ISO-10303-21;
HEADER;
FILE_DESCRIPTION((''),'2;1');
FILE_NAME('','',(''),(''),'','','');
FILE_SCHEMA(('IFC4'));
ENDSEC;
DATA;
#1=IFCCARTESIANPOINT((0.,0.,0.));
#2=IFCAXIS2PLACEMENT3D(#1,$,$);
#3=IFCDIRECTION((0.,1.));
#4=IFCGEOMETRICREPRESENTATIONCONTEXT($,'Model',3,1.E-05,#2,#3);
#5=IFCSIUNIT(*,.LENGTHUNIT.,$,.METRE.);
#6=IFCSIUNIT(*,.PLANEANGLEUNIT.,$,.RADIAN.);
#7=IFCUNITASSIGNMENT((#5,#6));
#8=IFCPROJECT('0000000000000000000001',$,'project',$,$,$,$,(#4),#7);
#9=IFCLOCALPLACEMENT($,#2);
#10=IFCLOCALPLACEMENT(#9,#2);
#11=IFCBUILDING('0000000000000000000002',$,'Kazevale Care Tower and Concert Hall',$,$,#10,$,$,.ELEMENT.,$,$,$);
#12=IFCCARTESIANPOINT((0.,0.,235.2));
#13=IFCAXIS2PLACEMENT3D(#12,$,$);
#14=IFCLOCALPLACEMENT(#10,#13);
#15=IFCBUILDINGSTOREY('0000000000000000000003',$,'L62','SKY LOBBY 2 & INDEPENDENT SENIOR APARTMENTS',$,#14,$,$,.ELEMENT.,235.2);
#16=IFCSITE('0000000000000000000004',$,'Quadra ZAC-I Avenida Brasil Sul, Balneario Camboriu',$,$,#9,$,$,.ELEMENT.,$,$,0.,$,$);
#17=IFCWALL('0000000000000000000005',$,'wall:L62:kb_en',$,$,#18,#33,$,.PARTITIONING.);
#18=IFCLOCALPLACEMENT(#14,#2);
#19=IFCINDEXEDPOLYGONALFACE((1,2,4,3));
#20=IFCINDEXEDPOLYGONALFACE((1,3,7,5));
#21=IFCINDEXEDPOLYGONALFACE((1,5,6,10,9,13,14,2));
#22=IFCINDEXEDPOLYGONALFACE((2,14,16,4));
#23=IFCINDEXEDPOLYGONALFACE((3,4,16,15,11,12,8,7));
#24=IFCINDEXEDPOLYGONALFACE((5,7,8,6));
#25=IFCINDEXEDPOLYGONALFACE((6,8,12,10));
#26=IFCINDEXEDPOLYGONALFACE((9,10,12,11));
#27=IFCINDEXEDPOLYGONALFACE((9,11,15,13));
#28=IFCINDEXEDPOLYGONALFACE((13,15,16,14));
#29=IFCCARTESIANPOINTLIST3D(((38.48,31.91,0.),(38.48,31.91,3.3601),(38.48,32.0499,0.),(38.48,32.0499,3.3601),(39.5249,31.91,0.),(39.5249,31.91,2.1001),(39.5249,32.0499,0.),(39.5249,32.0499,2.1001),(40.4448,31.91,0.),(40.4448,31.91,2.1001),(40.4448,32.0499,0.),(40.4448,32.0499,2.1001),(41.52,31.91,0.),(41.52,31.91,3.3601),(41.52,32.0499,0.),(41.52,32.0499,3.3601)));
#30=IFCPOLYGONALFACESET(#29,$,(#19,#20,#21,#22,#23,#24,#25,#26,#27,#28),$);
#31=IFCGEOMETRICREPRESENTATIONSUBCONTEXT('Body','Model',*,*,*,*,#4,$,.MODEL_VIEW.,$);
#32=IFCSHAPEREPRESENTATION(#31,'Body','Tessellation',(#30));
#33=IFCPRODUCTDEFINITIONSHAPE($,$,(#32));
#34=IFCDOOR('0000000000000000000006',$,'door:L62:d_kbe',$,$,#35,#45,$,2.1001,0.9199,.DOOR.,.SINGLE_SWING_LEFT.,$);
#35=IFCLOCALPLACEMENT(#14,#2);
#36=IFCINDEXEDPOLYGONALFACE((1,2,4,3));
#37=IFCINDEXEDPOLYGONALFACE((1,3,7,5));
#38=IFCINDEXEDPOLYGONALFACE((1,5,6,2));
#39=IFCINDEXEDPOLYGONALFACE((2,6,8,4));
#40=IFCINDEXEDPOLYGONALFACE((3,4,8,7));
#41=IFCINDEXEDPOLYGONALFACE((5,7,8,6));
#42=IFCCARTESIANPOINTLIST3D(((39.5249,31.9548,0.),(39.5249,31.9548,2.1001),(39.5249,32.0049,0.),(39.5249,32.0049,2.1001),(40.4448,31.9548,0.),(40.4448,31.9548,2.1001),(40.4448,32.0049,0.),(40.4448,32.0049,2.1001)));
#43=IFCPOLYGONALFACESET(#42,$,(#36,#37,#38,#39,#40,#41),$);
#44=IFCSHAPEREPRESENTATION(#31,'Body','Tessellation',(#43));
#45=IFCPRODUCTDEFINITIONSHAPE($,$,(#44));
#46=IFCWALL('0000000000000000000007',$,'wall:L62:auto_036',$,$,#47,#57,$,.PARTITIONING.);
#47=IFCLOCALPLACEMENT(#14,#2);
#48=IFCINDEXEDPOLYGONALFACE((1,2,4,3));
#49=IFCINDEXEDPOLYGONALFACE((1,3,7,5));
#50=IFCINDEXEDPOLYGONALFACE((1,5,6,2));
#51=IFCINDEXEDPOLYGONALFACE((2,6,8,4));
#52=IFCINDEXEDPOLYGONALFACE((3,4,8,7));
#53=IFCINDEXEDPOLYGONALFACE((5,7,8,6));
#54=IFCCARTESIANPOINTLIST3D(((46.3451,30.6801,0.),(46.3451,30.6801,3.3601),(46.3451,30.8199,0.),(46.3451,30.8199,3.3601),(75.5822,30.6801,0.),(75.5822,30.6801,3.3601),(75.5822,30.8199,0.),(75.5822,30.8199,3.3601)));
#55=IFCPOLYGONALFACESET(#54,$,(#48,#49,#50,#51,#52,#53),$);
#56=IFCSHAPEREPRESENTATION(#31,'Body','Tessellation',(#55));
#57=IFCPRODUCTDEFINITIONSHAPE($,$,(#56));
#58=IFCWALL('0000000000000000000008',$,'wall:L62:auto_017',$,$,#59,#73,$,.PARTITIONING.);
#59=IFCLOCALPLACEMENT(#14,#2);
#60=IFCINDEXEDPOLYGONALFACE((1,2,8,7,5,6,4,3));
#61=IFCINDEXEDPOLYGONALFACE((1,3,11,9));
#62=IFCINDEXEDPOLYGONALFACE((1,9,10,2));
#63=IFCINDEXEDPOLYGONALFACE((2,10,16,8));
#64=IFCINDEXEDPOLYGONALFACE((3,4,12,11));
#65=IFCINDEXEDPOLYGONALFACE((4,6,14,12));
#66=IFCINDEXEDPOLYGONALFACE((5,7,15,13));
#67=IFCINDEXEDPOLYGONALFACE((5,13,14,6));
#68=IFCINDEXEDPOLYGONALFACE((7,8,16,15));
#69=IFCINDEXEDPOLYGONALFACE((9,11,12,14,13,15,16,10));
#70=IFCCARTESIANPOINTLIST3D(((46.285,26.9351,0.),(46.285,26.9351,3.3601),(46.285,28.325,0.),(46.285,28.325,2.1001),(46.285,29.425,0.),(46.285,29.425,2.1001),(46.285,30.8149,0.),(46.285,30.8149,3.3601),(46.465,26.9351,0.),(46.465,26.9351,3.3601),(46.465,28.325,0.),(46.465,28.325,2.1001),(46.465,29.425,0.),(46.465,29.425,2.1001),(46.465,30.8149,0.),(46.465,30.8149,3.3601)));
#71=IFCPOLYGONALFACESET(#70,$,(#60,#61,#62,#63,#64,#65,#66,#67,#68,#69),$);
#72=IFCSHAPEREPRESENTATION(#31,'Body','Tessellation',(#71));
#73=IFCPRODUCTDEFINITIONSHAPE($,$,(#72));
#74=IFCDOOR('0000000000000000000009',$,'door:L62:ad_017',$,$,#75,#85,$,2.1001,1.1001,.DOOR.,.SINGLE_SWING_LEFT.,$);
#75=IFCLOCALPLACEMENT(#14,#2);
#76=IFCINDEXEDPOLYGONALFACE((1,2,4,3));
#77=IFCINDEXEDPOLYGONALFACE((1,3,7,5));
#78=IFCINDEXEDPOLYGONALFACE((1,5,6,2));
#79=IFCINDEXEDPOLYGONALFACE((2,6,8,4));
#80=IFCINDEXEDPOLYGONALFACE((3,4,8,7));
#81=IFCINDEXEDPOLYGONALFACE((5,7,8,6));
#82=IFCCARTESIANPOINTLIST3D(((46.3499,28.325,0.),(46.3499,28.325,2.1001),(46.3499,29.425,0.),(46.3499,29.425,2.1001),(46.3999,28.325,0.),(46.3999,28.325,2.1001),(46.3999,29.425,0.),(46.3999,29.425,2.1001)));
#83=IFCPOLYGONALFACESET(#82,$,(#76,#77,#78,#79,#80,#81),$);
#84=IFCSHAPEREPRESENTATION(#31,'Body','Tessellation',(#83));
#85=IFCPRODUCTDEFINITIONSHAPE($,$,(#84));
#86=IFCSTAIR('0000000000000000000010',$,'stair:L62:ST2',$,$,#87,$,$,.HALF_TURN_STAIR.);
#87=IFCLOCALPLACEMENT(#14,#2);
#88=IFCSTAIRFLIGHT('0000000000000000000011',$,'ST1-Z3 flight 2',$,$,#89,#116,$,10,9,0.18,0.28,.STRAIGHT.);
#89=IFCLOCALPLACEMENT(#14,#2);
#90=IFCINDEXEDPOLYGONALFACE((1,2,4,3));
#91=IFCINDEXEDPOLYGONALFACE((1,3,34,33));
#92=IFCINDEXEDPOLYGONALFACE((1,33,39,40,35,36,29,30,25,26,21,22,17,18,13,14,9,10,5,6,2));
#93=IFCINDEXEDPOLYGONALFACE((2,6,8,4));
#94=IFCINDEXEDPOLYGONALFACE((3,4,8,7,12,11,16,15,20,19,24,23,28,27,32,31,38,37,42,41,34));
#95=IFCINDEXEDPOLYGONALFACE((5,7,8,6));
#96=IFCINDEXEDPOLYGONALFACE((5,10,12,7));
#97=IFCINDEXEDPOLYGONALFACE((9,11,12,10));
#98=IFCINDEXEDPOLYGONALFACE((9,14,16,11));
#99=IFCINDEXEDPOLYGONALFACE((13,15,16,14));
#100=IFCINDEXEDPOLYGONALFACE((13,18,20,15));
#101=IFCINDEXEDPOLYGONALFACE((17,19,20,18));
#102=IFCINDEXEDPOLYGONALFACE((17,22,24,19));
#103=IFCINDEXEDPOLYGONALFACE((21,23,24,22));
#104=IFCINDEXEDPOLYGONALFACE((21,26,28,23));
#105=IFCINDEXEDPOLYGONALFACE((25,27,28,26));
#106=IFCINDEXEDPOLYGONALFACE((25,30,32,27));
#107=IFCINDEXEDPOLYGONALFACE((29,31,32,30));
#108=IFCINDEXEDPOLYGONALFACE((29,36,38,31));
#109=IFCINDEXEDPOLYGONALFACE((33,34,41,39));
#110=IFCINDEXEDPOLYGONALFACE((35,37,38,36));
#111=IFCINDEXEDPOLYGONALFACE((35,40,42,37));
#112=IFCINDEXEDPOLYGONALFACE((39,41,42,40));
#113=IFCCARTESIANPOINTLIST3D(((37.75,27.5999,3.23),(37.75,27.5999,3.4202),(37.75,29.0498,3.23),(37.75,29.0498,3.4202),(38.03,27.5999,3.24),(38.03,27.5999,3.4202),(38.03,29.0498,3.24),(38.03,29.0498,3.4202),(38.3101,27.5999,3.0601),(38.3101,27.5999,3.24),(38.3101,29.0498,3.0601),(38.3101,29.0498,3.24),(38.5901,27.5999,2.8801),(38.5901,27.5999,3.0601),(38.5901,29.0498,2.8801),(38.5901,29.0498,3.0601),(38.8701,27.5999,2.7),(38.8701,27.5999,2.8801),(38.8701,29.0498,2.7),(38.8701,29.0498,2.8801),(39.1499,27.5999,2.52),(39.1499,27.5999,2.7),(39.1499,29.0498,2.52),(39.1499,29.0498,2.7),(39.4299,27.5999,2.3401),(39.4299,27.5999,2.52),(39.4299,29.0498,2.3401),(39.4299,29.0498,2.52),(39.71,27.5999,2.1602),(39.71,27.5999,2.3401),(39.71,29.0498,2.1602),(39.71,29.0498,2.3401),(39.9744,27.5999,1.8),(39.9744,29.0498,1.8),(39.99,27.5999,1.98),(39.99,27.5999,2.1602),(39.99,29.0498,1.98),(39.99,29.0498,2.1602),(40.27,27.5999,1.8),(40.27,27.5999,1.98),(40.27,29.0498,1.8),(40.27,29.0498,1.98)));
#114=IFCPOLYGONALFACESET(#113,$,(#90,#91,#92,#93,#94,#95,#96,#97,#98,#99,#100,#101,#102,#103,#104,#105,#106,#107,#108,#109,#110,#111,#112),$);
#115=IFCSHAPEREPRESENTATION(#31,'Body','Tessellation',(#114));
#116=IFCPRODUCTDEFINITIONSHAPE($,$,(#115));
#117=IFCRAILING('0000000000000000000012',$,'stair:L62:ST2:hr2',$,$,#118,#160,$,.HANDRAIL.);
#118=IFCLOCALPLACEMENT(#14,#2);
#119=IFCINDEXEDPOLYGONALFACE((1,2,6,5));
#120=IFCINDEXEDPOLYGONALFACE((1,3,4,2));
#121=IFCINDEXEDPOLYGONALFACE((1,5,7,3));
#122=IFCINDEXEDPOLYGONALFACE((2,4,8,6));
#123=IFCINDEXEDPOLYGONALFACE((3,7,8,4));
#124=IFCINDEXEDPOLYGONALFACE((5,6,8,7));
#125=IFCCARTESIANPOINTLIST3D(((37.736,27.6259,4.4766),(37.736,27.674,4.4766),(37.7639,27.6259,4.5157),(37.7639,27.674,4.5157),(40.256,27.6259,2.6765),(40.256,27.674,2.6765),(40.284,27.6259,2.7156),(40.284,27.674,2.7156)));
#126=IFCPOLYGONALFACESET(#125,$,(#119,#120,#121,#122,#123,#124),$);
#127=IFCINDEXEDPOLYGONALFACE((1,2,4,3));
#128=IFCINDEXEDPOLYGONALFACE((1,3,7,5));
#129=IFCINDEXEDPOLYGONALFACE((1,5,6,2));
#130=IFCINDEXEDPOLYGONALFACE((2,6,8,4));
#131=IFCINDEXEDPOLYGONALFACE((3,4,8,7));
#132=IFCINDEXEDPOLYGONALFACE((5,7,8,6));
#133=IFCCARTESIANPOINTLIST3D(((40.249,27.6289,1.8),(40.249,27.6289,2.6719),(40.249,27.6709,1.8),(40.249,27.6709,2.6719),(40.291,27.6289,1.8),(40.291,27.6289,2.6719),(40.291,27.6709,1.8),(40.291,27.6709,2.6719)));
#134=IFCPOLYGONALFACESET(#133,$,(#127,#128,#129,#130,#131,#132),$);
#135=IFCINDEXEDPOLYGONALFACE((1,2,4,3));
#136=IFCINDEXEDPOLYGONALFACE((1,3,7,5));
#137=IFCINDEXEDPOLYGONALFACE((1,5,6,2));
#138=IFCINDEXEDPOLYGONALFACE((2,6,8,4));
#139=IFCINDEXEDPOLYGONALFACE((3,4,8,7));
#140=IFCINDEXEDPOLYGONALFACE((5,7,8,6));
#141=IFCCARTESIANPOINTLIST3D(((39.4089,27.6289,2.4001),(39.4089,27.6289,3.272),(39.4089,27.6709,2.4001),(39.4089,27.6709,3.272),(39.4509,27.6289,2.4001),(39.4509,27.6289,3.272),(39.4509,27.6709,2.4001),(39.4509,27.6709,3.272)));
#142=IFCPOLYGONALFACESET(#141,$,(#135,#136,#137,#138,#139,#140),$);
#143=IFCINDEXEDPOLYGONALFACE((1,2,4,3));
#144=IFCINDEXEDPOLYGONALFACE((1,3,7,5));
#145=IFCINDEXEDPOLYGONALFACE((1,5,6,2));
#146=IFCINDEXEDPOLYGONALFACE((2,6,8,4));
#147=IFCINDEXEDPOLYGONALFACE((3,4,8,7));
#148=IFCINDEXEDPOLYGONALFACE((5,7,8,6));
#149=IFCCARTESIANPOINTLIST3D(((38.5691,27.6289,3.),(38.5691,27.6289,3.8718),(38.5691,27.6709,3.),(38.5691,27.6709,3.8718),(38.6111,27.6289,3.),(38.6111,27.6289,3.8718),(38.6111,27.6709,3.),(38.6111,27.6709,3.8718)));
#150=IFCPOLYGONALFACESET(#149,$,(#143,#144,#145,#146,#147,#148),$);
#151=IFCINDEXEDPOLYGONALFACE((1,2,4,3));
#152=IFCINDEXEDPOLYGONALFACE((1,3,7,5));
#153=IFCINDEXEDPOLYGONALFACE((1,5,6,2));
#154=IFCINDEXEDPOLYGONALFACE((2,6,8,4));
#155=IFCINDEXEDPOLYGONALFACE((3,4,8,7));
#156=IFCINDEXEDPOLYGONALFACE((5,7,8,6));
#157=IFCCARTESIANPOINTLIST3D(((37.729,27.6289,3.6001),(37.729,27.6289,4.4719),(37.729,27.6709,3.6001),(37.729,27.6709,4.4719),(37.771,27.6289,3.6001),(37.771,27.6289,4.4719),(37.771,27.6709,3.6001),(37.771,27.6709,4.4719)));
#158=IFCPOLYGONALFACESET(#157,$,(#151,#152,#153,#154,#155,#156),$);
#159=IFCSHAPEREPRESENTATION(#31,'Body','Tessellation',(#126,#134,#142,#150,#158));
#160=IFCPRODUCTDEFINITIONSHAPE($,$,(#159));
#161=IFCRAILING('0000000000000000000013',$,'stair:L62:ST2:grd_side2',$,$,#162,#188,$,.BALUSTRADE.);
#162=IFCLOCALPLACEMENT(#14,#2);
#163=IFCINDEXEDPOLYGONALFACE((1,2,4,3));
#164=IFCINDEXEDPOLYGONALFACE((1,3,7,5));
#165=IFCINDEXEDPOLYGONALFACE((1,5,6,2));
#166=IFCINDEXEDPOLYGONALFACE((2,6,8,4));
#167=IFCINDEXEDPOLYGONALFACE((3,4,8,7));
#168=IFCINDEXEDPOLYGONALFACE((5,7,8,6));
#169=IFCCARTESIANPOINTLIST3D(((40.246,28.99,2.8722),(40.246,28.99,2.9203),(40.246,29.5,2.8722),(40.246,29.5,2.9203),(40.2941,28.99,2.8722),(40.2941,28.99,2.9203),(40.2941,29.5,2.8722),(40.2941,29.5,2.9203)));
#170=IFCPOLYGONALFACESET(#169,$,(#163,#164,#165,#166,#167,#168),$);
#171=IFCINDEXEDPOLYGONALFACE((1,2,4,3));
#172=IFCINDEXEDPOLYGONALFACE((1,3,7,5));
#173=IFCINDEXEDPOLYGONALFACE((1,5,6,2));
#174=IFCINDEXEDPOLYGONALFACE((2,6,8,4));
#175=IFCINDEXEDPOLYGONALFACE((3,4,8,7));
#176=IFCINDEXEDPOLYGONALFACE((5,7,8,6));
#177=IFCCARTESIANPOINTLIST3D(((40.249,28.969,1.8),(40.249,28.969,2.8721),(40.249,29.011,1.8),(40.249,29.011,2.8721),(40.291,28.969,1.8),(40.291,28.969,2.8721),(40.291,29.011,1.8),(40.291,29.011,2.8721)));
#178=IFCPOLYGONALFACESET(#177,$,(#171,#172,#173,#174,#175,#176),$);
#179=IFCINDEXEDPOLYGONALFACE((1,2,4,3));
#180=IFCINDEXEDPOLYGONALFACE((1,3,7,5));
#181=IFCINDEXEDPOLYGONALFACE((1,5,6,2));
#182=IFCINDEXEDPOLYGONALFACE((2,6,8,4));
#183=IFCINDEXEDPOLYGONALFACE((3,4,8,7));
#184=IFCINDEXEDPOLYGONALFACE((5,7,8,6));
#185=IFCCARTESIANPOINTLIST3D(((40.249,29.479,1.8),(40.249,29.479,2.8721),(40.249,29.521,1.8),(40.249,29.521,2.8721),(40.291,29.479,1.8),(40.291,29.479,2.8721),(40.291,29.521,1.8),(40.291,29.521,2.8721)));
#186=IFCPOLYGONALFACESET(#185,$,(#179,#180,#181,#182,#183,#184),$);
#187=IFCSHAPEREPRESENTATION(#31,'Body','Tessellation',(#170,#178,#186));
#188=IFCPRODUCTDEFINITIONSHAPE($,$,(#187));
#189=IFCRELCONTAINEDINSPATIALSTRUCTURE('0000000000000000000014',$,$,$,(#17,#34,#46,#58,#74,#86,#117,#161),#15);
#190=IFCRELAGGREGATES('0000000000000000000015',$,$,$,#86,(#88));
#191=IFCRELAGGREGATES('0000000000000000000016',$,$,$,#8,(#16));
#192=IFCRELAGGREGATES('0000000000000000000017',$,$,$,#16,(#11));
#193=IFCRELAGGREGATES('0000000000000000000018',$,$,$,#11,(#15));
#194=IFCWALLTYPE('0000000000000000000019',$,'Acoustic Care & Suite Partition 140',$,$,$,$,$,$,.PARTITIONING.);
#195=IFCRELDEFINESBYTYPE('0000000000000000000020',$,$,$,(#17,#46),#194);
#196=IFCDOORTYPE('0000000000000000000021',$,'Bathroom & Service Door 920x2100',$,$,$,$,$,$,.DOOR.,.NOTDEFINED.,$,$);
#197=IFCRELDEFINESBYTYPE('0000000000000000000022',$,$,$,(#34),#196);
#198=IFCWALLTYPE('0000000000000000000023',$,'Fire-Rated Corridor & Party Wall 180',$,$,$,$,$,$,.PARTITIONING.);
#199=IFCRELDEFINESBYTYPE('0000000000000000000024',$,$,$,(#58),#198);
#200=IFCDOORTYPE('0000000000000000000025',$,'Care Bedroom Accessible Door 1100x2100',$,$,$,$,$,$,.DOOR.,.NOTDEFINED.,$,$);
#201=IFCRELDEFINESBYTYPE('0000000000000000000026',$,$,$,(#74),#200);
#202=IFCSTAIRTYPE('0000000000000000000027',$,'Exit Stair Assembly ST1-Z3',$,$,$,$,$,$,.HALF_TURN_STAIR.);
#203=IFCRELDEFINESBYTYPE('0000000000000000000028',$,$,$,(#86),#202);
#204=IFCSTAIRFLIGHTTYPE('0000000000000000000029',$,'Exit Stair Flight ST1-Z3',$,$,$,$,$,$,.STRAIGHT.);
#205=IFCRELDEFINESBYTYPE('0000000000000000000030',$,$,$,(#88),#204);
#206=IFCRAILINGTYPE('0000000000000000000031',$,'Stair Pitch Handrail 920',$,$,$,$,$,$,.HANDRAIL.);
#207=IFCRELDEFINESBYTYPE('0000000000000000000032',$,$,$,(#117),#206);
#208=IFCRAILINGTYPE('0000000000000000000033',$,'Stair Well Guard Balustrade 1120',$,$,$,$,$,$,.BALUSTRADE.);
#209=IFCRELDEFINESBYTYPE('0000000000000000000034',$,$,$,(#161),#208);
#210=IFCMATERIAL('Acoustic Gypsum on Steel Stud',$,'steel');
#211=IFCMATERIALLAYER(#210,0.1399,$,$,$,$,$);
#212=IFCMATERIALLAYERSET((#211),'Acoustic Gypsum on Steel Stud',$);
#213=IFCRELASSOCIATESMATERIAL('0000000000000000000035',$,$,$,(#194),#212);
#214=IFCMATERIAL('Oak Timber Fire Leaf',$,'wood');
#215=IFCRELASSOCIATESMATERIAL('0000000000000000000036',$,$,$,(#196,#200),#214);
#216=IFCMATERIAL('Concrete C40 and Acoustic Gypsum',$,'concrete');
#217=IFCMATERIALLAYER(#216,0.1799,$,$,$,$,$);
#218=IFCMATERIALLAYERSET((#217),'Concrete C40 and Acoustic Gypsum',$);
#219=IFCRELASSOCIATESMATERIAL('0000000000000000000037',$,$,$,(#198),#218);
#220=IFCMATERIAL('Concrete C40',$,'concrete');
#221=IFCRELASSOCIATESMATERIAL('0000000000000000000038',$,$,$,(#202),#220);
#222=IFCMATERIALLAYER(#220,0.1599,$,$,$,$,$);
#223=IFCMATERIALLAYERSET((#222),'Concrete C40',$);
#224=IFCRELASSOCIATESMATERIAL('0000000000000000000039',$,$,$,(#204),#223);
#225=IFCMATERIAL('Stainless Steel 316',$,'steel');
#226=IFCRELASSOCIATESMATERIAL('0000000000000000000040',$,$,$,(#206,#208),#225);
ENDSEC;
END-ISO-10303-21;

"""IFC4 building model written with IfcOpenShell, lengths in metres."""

from ifc_helpers import new_model, si_unit, direction, frame, frame_2d, origin, origin_2d, place, context, subcontext, project, spatial, polyline, rectangle, outline, extrude, material, layer, layer_set, type_object, element, fill, aggregate, save


model = new_model("IFC4")

# Units and contexts
model_context = context("Model", 3, precision=1e-05, world=origin(), true_north=direction((0.0, 1.0)))
body_context = subcontext(model_context, "Body", "Model", "MODEL_VIEW")
ifc_project = project(units=[si_unit("LENGTHUNIT", "METRE"), si_unit("PLANEANGLEUNIT", "RADIAN")], contexts=[model_context])

# Site, building, storey
site_placement = place(None, origin())
site = spatial("IfcSite", under=ifc_project, at=site_placement, Name="Quadra ZAC-I Avenida Brasil Sul, Balneario Camboriu", CompositionType="ELEMENT", RefElevation=0.0)
building_placement = place(site_placement, origin())
building = spatial("IfcBuilding", under=site, at=building_placement, Name="Kazevale Care Tower and Concert Hall", CompositionType="ELEMENT")
storey_placement = place(building_placement, frame((0.0, 0.0, 235.2)))
storey = spatial("IfcBuildingStorey", under=building, at=storey_placement, Name="L62", Description="SKY LOBBY 2 & INDEPENDENT SENIOR APARTMENTS", CompositionType="ELEMENT", Elevation=235.2)

# Shared definitions
ifc_material_1 = material(Name="Acoustic Gypsum on Steel Stud", Category="steel")
ifc_layer_1 = layer(ifc_material_1, 0.1399)
ifc_layer_set_1 = layer_set([ifc_layer_1], Name="Acoustic Gypsum on Steel Stud")
wall_type_1 = type_object("IfcWallType", Name="Acoustic Care & Suite Partition 140", PredefinedType="PARTITIONING", material=ifc_layer_set_1)
ifc_material_2 = material(Name="Oak Timber Fire Leaf", Category="wood")
door_type_1 = type_object("IfcDoorType", Name="Bathroom & Service Door 920x2100", OperationType="NOTDEFINED", PredefinedType="DOOR", material=ifc_material_2)

# Wall, opening, door
wall_1_placement = place(storey_placement, frame((38.48, 31.98, 0.0), z_axis=(0.0, 0.0, 1.0), x_axis=(1.0, 0.0, 0.0)))
wall_1 = element("IfcWall", 1, at=wall_1_placement, inside=storey, type_object=wall_type_1, Name="wall:L62:kb_en", PredefinedType="PARTITIONING", context=body_context, shape_type="SweptSolid", body=[
    extrude(rectangle(XDim=3.04, YDim=0.1399, at=frame_2d((1.52, 0.0))), origin(), (0.0, 0.0, 1.0), 3.3601),
])
opening_1_placement = place(wall_1_placement, frame((1.0449, 0.0, 0.0)))
opening_1 = element("IfcOpeningElement", 2, at=opening_1_placement, cuts=wall_1, PredefinedType="OPENING", context=body_context, shape_type="SweptSolid", body=[
    extrude(rectangle(XDim=0.9199, YDim=2.1001, at=frame_2d((0.46, 1.05))), frame((0.0, 0.0798, 0.0), z_axis=(0.0, -1.0, 0.0), x_axis=(1.0, 0.0, 0.0)), (0.0, 0.0, 1.0), 0.1599),
])
door_1_placement = place(opening_1_placement, origin())
door_1 = element("IfcDoor", 3, at=door_1_placement, inside=storey, type_object=door_type_1, Name="door:L62:d_kbe", OperationType="SINGLE_SWING_LEFT", OverallHeight=2.1001, OverallWidth=0.9199, PredefinedType="DOOR", context=body_context, shape_type="SweptSolid", body=[
    extrude(rectangle(XDim=0.9199, YDim=2.1001, at=frame_2d((0.46, 1.05))), frame((0.0, 0.0249, 0.0), z_axis=(0.0, -1.0, 0.0), x_axis=(1.0, 0.0, 0.0)), (0.0, 0.0, 1.0), 0.05),
])
fill(opening_1, door_1)

# Wall
wall_2_placement = place(storey_placement, frame((46.345, 30.75, 0.0), z_axis=(0.0, 0.0, 1.0), x_axis=(1.0, 0.0, 0.0)))
element("IfcWall", 4, at=wall_2_placement, inside=storey, type_object=wall_type_1, Name="wall:L62:auto_036", PredefinedType="PARTITIONING", context=body_context, shape_type="SweptSolid", body=[
    extrude(rectangle(XDim=29.2371, YDim=0.1399, at=frame_2d((14.6187, 0.0))), origin(), (0.0, 0.0, 1.0), 3.3601),
])

# Wall, opening, door
ifc_material_3 = material(Name="Concrete C40 and Acoustic Gypsum", Category="concrete")
ifc_layer_2 = layer(ifc_material_3, 0.1799)
ifc_layer_set_2 = layer_set([ifc_layer_2], Name="Concrete C40 and Acoustic Gypsum")
wall_type_2 = type_object("IfcWallType", Name="Fire-Rated Corridor & Party Wall 180", PredefinedType="PARTITIONING", material=ifc_layer_set_2)
wall_3_placement = place(storey_placement, frame((46.375, 30.8149, 0.0), z_axis=(0.0, 0.0, 1.0), x_axis=(0.0, -1.0, 0.0)))
wall_3 = element("IfcWall", 5, at=wall_3_placement, inside=storey, type_object=wall_type_2, Name="wall:L62:auto_017", PredefinedType="PARTITIONING", context=body_context, shape_type="SweptSolid", body=[
    extrude(rectangle(XDim=3.8799, YDim=0.1799, at=frame_2d((1.9399, 0.0))), origin(), (0.0, 0.0, 1.0), 3.3601),
])
opening_2_placement = place(wall_3_placement, frame((1.3899, 0.0, 0.0)))
opening_2 = element("IfcOpeningElement", 6, at=opening_2_placement, cuts=wall_3, PredefinedType="OPENING", context=body_context, shape_type="SweptSolid", body=[
    extrude(rectangle(XDim=1.1001, YDim=2.1001, at=frame_2d((0.55, 1.05))), frame((0.0, 0.0999, 0.0), z_axis=(0.0, -1.0, 0.0), x_axis=(1.0, 0.0, 0.0)), (0.0, 0.0, 1.0), 0.2),
])
door_type_2 = type_object("IfcDoorType", Name="Care Bedroom Accessible Door 1100x2100", OperationType="NOTDEFINED", PredefinedType="DOOR", material=ifc_material_2)
door_2_placement = place(opening_2_placement, origin())
door_2 = element("IfcDoor", 7, at=door_2_placement, inside=storey, type_object=door_type_2, Name="door:L62:ad_017", OperationType="SINGLE_SWING_LEFT", OverallHeight=2.1001, OverallWidth=1.1001, PredefinedType="DOOR", context=body_context, shape_type="SweptSolid", body=[
    extrude(rectangle(XDim=1.1001, YDim=2.1001, at=frame_2d((0.55, 1.05))), frame((0.0, 0.0249, 0.0), z_axis=(0.0, -1.0, 0.0), x_axis=(1.0, 0.0, 0.0)), (0.0, 0.0, 1.0), 0.05),
])
fill(opening_2, door_2)

# Stair, stair flight
ifc_material_4 = material(Name="Concrete C40", Category="concrete")
stair_type = type_object("IfcStairType", Name="Exit Stair Assembly ST1-Z3", PredefinedType="HALF_TURN_STAIR", material=ifc_material_4)
stair_placement = place(storey_placement, origin())
stair = element("IfcStair", 8, at=stair_placement, inside=storey, type_object=stair_type, Name="stair:L62:ST2", PredefinedType="HALF_TURN_STAIR")
ifc_layer_3 = layer(ifc_material_4, 0.1599)
ifc_layer_set_3 = layer_set([ifc_layer_3], Name="Concrete C40")
stair_flight_type = type_object("IfcStairFlightType", Name="Exit Stair Flight ST1-Z3", PredefinedType="STRAIGHT", material=ifc_layer_set_3)
stair_flight_placement = place(storey_placement, frame((40.27, 28.325, 1.8), z_axis=(0.0, 0.0, 1.0), x_axis=(-1.0, 0.0, 0.0)))
stair_flight = element("IfcStairFlight", 9, at=stair_flight_placement, type_object=stair_flight_type, Name="ST1-Z3 flight 2", NumberOfRisers=10, NumberOfTreads=9, PredefinedType="STRAIGHT", RiserHeight=0.18, TreadLength=0.28, context=body_context, shape_type="SweptSolid", body=[
    extrude(outline(polyline([(0.0, 0.0), (0.0, 0.1799), (0.28, 0.1799), (0.28, 0.3601), (0.5601, 0.3601), (0.5601, 0.54), (0.8401, 0.54), (0.8401, 0.72), (1.1201, 0.72), (1.1201, 0.8999), (1.3999, 0.8999), (1.3999, 1.0801), (1.6799, 1.0801), (1.6799, 1.26), (1.96, 1.26), (1.96, 1.4399), (2.24, 1.4399), (2.24, 1.6201), (2.52, 1.6201), (2.52, 1.8), (2.52, 1.4299), (0.2957, 0.0), (0.0, 0.0)])), frame((0.0, 0.7251, 0.0), z_axis=(0.0, -1.0, 0.0), x_axis=(1.0, 0.0, 0.0)), (0.0, 0.0, 1.0), 1.45),
])
aggregate(stair, [stair_flight])

# Railings
ifc_material_5 = material(Name="Stainless Steel 316", Category="steel")
railing_type_1 = type_object("IfcRailingType", Name="Stair Pitch Handrail 920", PredefinedType="HANDRAIL", material=ifc_material_5)
railing_1_placement = place(storey_placement, frame((40.27, 27.6499, 1.8)))
element("IfcRailing", 10, at=railing_1_placement, inside=storey, type_object=railing_type_1, Name="stair:L62:ST2:hr2", PredefinedType="HANDRAIL", context=body_context, shape_type="SweptSolid", body=[
    extrude(rectangle(XDim=0.0481, YDim=0.0481, at=origin_2d()), frame((0.0, 0.0, 0.896), z_axis=(-0.813728, 0.0, 0.581246), x_axis=(0.0, -1.0, 0.0)), (0.0, 0.0, 1.0), 3.0969),
    extrude(rectangle(XDim=0.042, YDim=0.042, at=origin_2d()), origin(), (0.0, 0.0, 1.0), 0.8718),
    extrude(rectangle(XDim=0.042, YDim=0.042, at=origin_2d()), frame((-0.8401, 0.0, 0.6001)), (0.0, 0.0, 1.0), 0.8718),
    extrude(rectangle(XDim=0.042, YDim=0.042, at=origin_2d()), frame((-1.6799, 0.0, 1.2)), (0.0, 0.0, 1.0), 0.8718),
    extrude(rectangle(XDim=0.042, YDim=0.042, at=origin_2d()), frame((-2.52, 0.0, 1.8)), (0.0, 0.0, 1.0), 0.8718),
])
railing_type_2 = type_object("IfcRailingType", Name="Stair Well Guard Balustrade 1120", PredefinedType="BALUSTRADE", material=ifc_material_5)
railing_2_placement = place(storey_placement, frame((40.27, 28.99, 1.8)))
element("IfcRailing", 11, at=railing_2_placement, inside=storey, type_object=railing_type_2, Name="stair:L62:ST2:grd_side2", PredefinedType="BALUSTRADE", context=body_context, shape_type="SweptSolid", body=[
    extrude(rectangle(XDim=0.0481, YDim=0.0481, at=origin_2d()), frame((0.0, 0.0, 1.0962), z_axis=(0.0, 1.0, 0.0), x_axis=(-1.0, 0.0, 0.0)), (0.0, 0.0, 1.0), 0.51),
    extrude(rectangle(XDim=0.042, YDim=0.042, at=origin_2d()), origin(), (0.0, 0.0, 1.0), 1.072),
    extrude(rectangle(XDim=0.042, YDim=0.042, at=origin_2d()), frame((0.0, 0.51, 0.0)), (0.0, 0.0, 1.0), 1.072),
])

save(model, "model.ifc")
